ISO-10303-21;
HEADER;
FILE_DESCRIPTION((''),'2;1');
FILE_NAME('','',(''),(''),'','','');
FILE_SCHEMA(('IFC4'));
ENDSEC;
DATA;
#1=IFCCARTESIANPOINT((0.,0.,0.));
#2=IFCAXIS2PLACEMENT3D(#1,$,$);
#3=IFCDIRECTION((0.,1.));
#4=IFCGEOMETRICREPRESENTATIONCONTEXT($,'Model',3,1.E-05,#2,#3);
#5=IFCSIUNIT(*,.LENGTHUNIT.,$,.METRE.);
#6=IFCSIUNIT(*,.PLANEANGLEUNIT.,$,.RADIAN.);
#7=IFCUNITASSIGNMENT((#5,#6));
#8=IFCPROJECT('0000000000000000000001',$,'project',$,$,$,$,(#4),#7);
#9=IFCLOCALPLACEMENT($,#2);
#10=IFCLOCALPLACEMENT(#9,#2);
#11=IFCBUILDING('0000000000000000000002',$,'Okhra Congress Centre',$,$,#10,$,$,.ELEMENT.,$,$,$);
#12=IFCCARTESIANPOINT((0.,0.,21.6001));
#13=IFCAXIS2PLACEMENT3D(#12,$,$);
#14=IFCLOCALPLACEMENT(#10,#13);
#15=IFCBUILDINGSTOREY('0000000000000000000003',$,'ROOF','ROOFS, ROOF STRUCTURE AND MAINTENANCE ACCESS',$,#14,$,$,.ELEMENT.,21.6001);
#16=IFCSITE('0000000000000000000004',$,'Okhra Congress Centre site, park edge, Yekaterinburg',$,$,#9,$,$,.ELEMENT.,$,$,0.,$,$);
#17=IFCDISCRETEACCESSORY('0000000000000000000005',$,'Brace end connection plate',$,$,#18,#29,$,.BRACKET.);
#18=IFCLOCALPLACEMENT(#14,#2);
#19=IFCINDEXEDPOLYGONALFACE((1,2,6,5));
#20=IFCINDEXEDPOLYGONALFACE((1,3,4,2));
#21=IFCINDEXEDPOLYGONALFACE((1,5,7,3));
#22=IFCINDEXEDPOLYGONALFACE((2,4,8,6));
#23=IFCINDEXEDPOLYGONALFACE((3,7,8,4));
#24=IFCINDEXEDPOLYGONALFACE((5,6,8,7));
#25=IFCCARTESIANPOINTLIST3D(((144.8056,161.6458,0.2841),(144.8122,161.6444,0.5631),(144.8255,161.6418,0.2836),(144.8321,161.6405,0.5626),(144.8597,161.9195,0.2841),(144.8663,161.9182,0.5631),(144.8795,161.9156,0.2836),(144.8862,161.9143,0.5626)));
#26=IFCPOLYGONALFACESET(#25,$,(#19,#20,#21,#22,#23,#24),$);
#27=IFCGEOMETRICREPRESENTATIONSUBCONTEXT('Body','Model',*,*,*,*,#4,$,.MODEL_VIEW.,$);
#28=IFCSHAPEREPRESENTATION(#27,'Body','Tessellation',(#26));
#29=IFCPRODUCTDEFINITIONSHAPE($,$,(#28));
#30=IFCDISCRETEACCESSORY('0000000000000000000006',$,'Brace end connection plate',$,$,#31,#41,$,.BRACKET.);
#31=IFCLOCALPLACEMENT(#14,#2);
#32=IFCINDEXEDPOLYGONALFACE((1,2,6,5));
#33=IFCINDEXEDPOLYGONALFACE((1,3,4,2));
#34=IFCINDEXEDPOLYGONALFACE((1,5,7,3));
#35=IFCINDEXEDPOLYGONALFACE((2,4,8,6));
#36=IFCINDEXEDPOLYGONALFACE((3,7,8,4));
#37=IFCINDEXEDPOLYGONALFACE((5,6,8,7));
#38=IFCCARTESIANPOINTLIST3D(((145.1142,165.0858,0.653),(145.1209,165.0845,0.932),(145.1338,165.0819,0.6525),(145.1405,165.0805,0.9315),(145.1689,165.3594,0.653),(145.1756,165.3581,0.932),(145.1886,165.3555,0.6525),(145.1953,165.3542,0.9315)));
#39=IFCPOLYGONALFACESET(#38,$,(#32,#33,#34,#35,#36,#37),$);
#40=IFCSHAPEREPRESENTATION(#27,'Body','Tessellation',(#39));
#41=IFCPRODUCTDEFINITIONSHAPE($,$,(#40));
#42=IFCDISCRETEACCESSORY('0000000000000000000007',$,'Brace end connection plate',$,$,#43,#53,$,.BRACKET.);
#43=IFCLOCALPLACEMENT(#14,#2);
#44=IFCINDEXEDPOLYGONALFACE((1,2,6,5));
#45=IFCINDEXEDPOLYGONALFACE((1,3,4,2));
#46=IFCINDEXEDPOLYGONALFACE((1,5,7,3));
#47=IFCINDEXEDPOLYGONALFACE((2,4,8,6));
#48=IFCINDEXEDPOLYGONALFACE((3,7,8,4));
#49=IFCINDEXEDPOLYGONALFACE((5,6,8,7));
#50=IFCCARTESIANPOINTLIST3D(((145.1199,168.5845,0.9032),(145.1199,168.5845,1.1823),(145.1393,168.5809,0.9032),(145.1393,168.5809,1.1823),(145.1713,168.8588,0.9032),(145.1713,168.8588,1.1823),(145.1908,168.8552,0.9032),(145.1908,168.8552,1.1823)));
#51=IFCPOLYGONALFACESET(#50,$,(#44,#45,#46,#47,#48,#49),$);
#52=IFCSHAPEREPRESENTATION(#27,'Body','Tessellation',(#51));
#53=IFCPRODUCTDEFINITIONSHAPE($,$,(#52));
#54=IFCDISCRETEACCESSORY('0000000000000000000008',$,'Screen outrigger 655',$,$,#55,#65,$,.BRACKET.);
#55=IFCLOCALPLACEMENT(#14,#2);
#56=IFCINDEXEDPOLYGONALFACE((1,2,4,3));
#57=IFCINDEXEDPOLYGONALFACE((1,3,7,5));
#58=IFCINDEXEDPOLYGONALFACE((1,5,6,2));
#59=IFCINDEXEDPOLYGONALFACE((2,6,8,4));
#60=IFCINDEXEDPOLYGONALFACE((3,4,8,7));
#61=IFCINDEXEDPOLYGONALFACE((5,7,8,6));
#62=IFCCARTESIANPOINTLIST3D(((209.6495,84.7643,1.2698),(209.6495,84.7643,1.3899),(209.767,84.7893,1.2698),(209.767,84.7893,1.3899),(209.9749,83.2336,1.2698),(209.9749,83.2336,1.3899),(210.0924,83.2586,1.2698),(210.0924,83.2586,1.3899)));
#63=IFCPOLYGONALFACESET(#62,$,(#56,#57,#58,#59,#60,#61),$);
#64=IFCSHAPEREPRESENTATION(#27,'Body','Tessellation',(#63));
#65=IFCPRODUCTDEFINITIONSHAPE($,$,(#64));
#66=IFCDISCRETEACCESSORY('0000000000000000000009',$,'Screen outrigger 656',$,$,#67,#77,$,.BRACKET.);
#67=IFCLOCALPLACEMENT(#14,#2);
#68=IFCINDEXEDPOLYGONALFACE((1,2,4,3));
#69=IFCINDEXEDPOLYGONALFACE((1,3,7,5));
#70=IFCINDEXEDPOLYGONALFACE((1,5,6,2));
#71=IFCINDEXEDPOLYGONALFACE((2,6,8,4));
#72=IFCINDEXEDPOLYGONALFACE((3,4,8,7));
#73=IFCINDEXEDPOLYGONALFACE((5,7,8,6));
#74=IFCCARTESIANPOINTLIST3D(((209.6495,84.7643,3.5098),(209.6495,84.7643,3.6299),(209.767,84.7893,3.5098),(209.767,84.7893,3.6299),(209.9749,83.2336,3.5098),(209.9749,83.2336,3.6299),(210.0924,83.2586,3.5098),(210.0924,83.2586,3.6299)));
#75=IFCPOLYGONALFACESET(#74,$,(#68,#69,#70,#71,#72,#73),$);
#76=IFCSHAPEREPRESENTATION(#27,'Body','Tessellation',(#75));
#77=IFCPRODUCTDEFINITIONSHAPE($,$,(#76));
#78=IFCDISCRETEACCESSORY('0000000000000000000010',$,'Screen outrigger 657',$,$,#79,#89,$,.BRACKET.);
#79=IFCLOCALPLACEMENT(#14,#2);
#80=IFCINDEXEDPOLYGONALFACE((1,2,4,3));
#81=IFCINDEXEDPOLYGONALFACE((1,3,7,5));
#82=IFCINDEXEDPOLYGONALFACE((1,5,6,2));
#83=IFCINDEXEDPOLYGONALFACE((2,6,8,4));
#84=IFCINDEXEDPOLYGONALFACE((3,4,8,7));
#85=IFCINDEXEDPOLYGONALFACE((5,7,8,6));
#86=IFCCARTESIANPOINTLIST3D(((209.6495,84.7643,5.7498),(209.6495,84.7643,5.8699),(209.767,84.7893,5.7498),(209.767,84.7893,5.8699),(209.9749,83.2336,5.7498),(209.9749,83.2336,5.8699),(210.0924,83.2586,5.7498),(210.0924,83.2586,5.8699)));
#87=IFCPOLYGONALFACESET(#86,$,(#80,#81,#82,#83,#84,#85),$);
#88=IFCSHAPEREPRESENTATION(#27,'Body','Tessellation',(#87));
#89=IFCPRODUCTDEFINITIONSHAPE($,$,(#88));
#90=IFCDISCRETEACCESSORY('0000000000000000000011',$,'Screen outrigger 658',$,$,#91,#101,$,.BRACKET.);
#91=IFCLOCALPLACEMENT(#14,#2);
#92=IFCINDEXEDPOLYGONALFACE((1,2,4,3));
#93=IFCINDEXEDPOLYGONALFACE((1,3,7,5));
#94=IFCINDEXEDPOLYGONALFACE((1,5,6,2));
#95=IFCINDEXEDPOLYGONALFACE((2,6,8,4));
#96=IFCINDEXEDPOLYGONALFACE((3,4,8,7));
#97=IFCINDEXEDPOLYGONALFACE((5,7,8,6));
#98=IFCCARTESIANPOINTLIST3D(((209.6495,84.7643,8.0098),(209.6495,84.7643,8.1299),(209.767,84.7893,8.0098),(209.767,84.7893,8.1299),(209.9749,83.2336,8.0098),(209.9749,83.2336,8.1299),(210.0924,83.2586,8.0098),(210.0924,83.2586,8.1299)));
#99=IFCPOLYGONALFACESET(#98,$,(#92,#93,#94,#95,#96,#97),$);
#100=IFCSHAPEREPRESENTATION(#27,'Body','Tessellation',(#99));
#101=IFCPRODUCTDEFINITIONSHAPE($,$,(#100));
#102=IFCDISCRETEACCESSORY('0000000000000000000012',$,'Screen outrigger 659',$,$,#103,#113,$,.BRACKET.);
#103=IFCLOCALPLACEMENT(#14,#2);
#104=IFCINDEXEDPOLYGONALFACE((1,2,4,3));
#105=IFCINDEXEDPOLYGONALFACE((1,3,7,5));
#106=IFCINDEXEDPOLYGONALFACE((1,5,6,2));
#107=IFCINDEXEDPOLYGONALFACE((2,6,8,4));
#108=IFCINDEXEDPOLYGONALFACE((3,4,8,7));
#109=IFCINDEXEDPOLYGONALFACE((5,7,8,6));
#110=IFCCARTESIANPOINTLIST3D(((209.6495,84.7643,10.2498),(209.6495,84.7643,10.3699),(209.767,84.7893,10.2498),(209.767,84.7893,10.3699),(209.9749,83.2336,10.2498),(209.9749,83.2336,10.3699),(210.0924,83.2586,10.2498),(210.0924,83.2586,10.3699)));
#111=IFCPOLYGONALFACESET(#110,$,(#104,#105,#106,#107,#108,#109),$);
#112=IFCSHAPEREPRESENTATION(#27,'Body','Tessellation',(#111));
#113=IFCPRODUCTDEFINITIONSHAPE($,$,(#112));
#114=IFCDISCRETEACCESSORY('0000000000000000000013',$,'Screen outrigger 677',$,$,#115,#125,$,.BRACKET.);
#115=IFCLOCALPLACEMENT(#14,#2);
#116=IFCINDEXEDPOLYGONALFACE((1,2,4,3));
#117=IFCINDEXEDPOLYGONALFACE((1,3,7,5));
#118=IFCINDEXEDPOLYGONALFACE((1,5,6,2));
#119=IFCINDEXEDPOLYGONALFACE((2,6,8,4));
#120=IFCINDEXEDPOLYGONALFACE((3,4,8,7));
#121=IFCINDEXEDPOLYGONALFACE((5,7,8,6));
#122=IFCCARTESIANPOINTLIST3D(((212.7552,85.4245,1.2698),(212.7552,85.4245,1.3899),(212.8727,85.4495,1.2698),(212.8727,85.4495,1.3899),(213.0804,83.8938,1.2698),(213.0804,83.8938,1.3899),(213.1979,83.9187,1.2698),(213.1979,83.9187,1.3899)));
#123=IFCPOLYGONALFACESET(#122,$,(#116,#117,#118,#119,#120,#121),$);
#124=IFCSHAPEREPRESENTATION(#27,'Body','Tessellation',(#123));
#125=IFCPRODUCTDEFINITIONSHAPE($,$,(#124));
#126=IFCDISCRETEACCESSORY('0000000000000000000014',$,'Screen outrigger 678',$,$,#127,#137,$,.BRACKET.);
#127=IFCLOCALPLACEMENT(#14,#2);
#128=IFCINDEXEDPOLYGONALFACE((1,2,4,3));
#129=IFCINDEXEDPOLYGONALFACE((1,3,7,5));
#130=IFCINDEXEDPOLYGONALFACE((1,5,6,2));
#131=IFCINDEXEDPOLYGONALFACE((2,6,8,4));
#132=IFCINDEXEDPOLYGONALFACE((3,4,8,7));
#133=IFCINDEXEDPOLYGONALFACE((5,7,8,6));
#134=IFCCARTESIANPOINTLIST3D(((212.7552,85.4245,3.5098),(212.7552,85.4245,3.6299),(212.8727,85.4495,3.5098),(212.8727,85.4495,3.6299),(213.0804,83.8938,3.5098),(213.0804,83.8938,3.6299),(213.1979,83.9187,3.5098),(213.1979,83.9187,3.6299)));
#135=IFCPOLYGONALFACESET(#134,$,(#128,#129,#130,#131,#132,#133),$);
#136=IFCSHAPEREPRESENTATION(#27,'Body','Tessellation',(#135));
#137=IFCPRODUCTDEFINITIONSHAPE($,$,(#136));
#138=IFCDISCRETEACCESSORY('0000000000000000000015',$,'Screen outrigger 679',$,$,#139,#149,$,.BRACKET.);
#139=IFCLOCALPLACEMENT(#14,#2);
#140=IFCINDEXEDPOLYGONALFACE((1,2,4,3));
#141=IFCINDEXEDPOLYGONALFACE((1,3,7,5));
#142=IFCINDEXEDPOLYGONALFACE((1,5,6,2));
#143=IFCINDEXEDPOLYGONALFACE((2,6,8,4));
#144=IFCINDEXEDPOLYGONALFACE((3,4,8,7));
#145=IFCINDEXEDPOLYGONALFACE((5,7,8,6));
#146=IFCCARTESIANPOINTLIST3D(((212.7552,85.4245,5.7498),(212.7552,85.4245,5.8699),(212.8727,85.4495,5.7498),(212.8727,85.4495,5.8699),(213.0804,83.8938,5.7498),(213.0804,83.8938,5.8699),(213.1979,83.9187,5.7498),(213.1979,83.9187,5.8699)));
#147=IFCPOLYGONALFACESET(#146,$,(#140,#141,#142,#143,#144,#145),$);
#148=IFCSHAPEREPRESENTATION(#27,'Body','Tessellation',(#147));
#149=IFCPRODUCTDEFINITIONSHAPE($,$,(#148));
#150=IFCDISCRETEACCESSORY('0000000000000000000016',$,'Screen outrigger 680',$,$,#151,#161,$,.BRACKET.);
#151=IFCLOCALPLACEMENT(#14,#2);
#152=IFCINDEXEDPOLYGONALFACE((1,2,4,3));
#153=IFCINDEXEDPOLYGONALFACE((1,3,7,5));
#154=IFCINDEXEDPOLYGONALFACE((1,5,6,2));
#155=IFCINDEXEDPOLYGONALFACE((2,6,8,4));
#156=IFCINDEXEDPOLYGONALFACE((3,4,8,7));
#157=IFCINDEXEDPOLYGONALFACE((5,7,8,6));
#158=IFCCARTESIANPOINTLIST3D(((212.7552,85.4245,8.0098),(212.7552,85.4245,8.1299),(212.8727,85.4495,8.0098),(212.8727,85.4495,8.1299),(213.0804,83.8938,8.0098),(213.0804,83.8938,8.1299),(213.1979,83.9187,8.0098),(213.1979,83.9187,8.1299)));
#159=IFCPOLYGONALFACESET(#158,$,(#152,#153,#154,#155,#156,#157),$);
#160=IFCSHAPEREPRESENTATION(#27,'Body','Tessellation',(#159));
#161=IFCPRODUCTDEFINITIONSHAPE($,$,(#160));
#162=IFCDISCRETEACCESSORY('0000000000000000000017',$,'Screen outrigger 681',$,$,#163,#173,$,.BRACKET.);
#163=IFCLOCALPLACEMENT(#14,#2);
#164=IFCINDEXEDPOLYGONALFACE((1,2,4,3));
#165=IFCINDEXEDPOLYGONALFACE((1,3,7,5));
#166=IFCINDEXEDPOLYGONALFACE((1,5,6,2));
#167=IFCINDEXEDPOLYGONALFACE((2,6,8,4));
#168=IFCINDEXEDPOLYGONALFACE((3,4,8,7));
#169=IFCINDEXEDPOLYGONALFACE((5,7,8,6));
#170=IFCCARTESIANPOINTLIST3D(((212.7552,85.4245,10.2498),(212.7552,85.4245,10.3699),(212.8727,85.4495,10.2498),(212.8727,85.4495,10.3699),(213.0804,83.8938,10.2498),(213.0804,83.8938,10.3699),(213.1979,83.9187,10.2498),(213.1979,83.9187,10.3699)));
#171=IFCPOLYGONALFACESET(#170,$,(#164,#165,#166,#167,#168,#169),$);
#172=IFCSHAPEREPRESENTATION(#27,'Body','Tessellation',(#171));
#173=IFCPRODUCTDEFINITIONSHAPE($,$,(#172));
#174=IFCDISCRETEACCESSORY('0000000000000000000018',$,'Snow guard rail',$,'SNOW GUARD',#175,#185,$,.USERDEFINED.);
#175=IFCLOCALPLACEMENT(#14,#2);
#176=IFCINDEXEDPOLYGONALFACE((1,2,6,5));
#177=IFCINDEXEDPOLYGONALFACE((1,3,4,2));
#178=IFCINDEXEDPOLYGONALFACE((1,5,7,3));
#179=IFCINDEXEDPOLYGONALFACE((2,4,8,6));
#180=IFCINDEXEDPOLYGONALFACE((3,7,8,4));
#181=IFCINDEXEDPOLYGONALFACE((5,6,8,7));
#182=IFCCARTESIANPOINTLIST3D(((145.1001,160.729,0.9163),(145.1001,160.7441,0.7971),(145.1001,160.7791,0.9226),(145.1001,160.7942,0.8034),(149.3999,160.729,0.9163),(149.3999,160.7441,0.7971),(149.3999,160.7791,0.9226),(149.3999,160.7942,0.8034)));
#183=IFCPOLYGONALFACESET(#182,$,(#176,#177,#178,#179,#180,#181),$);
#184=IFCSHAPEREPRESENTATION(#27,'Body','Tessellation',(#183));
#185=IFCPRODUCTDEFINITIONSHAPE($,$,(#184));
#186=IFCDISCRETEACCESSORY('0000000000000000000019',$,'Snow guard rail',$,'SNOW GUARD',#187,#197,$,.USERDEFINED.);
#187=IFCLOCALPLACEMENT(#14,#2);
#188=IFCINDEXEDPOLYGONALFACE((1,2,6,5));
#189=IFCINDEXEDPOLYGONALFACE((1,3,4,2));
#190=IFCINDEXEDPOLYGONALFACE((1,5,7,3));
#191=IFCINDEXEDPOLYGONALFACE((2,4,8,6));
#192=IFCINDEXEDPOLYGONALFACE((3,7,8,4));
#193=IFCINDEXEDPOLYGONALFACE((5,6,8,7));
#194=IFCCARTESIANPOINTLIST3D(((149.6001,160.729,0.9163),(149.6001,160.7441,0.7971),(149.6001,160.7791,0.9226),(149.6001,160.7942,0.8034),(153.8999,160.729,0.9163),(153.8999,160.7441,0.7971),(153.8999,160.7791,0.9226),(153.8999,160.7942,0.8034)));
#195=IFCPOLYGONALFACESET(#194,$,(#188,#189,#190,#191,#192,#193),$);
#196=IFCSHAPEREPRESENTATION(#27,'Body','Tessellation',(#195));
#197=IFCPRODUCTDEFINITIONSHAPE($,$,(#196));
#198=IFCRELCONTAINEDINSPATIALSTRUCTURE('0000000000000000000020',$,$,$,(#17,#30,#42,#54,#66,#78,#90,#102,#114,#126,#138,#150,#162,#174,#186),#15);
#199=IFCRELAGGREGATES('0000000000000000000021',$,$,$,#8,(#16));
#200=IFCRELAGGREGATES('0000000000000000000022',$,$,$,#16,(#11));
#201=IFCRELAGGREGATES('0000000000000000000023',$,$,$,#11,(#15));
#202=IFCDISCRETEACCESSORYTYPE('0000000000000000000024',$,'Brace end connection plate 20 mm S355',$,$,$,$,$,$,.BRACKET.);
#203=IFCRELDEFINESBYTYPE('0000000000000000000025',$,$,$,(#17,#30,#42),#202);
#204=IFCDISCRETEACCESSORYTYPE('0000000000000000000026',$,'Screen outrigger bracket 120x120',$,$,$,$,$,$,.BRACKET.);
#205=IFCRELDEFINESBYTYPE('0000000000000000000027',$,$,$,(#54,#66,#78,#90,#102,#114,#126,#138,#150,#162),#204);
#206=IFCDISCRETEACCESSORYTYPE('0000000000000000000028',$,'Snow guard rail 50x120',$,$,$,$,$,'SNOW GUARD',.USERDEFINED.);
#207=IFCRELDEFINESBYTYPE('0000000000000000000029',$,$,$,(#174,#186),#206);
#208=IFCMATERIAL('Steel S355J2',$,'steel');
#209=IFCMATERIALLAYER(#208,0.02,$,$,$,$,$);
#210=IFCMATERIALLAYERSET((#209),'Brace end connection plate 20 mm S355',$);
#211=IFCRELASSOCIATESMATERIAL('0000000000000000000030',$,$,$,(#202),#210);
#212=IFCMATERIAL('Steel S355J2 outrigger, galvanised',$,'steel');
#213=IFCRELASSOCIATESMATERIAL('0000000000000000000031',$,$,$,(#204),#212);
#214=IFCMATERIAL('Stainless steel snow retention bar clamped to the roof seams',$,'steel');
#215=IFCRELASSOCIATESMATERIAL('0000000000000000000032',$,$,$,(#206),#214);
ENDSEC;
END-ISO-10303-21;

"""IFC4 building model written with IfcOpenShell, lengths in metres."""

from ifc_helpers import new_model, si_unit, direction, frame, origin, origin_2d, place, context, subcontext, project, spatial, polyline, rectangle, outline, extrude, material, layer, layer_set, material_profile, profile_set, type_object, element, save


model = new_model("IFC4")

# Units and contexts
model_context = context("Model", 3, precision=1e-05, world=origin(), true_north=direction((0.0, 1.0)))
body_context = subcontext(model_context, "Body", "Model", "MODEL_VIEW")
ifc_project = project(units=[si_unit("LENGTHUNIT", "METRE"), si_unit("PLANEANGLEUNIT", "RADIAN")], contexts=[model_context])

# Site, building, storey
site_placement = place(None, origin())
site = spatial("IfcSite", under=ifc_project, at=site_placement, Name="Okhra Congress Centre site, park edge, Yekaterinburg", CompositionType="ELEMENT", RefElevation=0.0)
building_placement = place(site_placement, origin())
building = spatial("IfcBuilding", under=site, at=building_placement, Name="Okhra Congress Centre", CompositionType="ELEMENT")
storey_placement = place(building_placement, frame((0.0, 0.0, 21.6001)))
storey = spatial("IfcBuildingStorey", under=building, at=storey_placement, Name="ROOF", Description="ROOFS, ROOF STRUCTURE AND MAINTENANCE ACCESS", CompositionType="ELEMENT", Elevation=21.6001)

# Shared definitions
ifc_material_1 = material(Name="Steel S355J2", Category="steel")

# Discrete accessories
ifc_layer_1 = layer(ifc_material_1, 0.02)
ifc_layer_set_1 = layer_set([ifc_layer_1], Name="Brace end connection plate 20 mm S355")
discrete_accessory_type_1 = type_object("IfcDiscreteAccessoryType", Name="Brace end connection plate 20 mm S355", PredefinedType="BRACKET", material=ifc_layer_set_1)
for number, where, z_axis, x_axis, name in (
    (1, (144.8359, 161.782, 0.4236), (0.980756, -0.19373, -0.024216), (0.193786, 0.981044, 0.0), "Brace end connection plate"),
):
    element("IfcDiscreteAccessory", number, at=place(storey_placement, frame(where, z_axis=z_axis, x_axis=x_axis)), inside=storey, type_object=discrete_accessory_type_1, Name=name, PredefinedType="BRACKET", context=body_context, shape_type="SweptSolid", body=[
        extrude(rectangle(XDim=0.2791, YDim=0.2791, at=origin_2d()), origin(), (0.0, 0.0, 1.0), 0.0203),
    ])
discrete_accessory_1_placement = place(storey_placement, frame((145.1646, 165.218, 0.792), z_axis=(-0.980286, 0.196057, 0.024507), x_axis=(-0.196116, -0.980581, 0.0)))
element("IfcDiscreteAccessory", 2, at=discrete_accessory_1_placement, inside=storey, type_object=discrete_accessory_type_1, Name="Brace end connection plate", PredefinedType="BRACKET", context=body_context, shape_type="SweptSolid", body=[
    extrude(rectangle(XDim=0.2791, YDim=0.2791, at=origin_2d()), origin(), (0.0, 0.0, 1.0), 0.02),
])
discrete_accessory_2_placement = place(storey_placement, frame((145.165, 168.718, 1.0427), z_axis=(-0.982872, 0.184289, 0.0), x_axis=(-0.184289, -0.982872, 0.0)))
element("IfcDiscreteAccessory", 3, at=discrete_accessory_2_placement, inside=storey, type_object=discrete_accessory_type_1, Name="Brace end connection plate", PredefinedType="BRACKET", context=body_context, shape_type="SweptSolid", body=[
    extrude(rectangle(XDim=0.2791, YDim=0.2791, at=origin_2d()), origin(), (0.0, 0.0, 1.0), 0.0198),
])
ifc_material_2 = material(Name="Steel S355J2 outrigger, galvanised", Category="steel")
ifc_material_profile_1 = material_profile(ifc_material_2, rectangle(XDim=0.1201, YDim=0.1201, at=origin_2d()), Name="Screen outrigger bracket 120x120")
ifc_profile_set_1 = profile_set([ifc_material_profile_1], Name="Steel S355J2 outrigger, galvanised")
discrete_accessory_type_2 = type_object("IfcDiscreteAccessoryType", Name="Screen outrigger bracket 120x120", PredefinedType="BRACKET", material=ifc_profile_set_1)
for number, where, z_axis, x_axis, name in (
    (4, (210.0337, 83.2461, 1.3298), (-0.207952, 0.978139, 0.0), (-0.978139, -0.207952, 0.0), "Screen outrigger 655"),
    (5, (210.0337, 83.2461, 3.5698), (-0.207952, 0.978139, 0.0), (-0.978139, -0.207952, 0.0), "Screen outrigger 656"),
    (6, (210.0337, 83.2461, 5.8098), (-0.207952, 0.978139, 0.0), (-0.978139, -0.207952, 0.0), "Screen outrigger 657"),
    (7, (210.0337, 83.2461, 8.0698), (-0.207952, 0.978139, 0.0), (-0.978139, -0.207952, 0.0), "Screen outrigger 658"),
    (8, (210.0337, 83.2461, 10.3098), (-0.207952, 0.978139, 0.0), (-0.978139, -0.207952, 0.0), "Screen outrigger 659"),
    (9, (213.1392, 83.9062, 1.3298), (-0.207803, 0.978171, 0.0), (-0.978171, -0.207803, 0.0), "Screen outrigger 677"),
    (10, (213.1392, 83.9062, 3.5698), (-0.207803, 0.978171, 0.0), (-0.978171, -0.207803, 0.0), "Screen outrigger 678"),
    (11, (213.1392, 83.9062, 5.8098), (-0.207803, 0.978171, 0.0), (-0.978171, -0.207803, 0.0), "Screen outrigger 679"),
    (12, (213.1392, 83.9062, 8.0698), (-0.207803, 0.978171, 0.0), (-0.978171, -0.207803, 0.0), "Screen outrigger 680"),
    (13, (213.1392, 83.9062, 10.3098), (-0.207803, 0.978171, 0.0), (-0.978171, -0.207803, 0.0), "Screen outrigger 681"),
):
    element("IfcDiscreteAccessory", number, at=place(storey_placement, frame(where, z_axis=z_axis, x_axis=x_axis)), inside=storey, type_object=discrete_accessory_type_2, Name=name, PredefinedType="BRACKET", context=body_context, shape_type="SweptSolid", body=[
        extrude(rectangle(XDim=0.1201, YDim=0.1201, at=origin_2d()), origin(), (0.0, 0.0, 1.0), 1.5649),
    ])
ifc_material_3 = material(Name="Stainless steel snow retention bar clamped to the roof seams", Category="steel")
discrete_accessory_type_3 = type_object("IfcDiscreteAccessoryType", Name="Snow guard rail 50x120", ElementType="SNOW GUARD", PredefinedType="USERDEFINED", material=ifc_material_3)
for number, where, z_axis, x_axis, name in (
    (14, (145.1001, 160.729, 0.9163), (0.0, -0.125821, 0.992053), (1.0, 0.0, 0.0), "Snow guard rail"),
    (15, (149.6001, 160.729, 0.9163), (0.0, -0.125821, 0.992053), (1.0, 0.0, 0.0), "Snow guard rail"),
):
    element("IfcDiscreteAccessory", number, at=place(storey_placement, frame(where, z_axis=z_axis, x_axis=x_axis)), inside=storey, type_object=discrete_accessory_type_3, Name=name, ObjectType="SNOW GUARD", PredefinedType="USERDEFINED", context=body_context, shape_type="SweptSolid", body=[
        extrude(outline(polyline([(0.0, 0.0), (4.2998, 0.0), (4.2998, 0.0504), (0.0, 0.0504), (0.0, 0.0)])), origin(), (0.0, 0.0, -1.0), 0.1201),
    ])

save(model, "model.ifc")
